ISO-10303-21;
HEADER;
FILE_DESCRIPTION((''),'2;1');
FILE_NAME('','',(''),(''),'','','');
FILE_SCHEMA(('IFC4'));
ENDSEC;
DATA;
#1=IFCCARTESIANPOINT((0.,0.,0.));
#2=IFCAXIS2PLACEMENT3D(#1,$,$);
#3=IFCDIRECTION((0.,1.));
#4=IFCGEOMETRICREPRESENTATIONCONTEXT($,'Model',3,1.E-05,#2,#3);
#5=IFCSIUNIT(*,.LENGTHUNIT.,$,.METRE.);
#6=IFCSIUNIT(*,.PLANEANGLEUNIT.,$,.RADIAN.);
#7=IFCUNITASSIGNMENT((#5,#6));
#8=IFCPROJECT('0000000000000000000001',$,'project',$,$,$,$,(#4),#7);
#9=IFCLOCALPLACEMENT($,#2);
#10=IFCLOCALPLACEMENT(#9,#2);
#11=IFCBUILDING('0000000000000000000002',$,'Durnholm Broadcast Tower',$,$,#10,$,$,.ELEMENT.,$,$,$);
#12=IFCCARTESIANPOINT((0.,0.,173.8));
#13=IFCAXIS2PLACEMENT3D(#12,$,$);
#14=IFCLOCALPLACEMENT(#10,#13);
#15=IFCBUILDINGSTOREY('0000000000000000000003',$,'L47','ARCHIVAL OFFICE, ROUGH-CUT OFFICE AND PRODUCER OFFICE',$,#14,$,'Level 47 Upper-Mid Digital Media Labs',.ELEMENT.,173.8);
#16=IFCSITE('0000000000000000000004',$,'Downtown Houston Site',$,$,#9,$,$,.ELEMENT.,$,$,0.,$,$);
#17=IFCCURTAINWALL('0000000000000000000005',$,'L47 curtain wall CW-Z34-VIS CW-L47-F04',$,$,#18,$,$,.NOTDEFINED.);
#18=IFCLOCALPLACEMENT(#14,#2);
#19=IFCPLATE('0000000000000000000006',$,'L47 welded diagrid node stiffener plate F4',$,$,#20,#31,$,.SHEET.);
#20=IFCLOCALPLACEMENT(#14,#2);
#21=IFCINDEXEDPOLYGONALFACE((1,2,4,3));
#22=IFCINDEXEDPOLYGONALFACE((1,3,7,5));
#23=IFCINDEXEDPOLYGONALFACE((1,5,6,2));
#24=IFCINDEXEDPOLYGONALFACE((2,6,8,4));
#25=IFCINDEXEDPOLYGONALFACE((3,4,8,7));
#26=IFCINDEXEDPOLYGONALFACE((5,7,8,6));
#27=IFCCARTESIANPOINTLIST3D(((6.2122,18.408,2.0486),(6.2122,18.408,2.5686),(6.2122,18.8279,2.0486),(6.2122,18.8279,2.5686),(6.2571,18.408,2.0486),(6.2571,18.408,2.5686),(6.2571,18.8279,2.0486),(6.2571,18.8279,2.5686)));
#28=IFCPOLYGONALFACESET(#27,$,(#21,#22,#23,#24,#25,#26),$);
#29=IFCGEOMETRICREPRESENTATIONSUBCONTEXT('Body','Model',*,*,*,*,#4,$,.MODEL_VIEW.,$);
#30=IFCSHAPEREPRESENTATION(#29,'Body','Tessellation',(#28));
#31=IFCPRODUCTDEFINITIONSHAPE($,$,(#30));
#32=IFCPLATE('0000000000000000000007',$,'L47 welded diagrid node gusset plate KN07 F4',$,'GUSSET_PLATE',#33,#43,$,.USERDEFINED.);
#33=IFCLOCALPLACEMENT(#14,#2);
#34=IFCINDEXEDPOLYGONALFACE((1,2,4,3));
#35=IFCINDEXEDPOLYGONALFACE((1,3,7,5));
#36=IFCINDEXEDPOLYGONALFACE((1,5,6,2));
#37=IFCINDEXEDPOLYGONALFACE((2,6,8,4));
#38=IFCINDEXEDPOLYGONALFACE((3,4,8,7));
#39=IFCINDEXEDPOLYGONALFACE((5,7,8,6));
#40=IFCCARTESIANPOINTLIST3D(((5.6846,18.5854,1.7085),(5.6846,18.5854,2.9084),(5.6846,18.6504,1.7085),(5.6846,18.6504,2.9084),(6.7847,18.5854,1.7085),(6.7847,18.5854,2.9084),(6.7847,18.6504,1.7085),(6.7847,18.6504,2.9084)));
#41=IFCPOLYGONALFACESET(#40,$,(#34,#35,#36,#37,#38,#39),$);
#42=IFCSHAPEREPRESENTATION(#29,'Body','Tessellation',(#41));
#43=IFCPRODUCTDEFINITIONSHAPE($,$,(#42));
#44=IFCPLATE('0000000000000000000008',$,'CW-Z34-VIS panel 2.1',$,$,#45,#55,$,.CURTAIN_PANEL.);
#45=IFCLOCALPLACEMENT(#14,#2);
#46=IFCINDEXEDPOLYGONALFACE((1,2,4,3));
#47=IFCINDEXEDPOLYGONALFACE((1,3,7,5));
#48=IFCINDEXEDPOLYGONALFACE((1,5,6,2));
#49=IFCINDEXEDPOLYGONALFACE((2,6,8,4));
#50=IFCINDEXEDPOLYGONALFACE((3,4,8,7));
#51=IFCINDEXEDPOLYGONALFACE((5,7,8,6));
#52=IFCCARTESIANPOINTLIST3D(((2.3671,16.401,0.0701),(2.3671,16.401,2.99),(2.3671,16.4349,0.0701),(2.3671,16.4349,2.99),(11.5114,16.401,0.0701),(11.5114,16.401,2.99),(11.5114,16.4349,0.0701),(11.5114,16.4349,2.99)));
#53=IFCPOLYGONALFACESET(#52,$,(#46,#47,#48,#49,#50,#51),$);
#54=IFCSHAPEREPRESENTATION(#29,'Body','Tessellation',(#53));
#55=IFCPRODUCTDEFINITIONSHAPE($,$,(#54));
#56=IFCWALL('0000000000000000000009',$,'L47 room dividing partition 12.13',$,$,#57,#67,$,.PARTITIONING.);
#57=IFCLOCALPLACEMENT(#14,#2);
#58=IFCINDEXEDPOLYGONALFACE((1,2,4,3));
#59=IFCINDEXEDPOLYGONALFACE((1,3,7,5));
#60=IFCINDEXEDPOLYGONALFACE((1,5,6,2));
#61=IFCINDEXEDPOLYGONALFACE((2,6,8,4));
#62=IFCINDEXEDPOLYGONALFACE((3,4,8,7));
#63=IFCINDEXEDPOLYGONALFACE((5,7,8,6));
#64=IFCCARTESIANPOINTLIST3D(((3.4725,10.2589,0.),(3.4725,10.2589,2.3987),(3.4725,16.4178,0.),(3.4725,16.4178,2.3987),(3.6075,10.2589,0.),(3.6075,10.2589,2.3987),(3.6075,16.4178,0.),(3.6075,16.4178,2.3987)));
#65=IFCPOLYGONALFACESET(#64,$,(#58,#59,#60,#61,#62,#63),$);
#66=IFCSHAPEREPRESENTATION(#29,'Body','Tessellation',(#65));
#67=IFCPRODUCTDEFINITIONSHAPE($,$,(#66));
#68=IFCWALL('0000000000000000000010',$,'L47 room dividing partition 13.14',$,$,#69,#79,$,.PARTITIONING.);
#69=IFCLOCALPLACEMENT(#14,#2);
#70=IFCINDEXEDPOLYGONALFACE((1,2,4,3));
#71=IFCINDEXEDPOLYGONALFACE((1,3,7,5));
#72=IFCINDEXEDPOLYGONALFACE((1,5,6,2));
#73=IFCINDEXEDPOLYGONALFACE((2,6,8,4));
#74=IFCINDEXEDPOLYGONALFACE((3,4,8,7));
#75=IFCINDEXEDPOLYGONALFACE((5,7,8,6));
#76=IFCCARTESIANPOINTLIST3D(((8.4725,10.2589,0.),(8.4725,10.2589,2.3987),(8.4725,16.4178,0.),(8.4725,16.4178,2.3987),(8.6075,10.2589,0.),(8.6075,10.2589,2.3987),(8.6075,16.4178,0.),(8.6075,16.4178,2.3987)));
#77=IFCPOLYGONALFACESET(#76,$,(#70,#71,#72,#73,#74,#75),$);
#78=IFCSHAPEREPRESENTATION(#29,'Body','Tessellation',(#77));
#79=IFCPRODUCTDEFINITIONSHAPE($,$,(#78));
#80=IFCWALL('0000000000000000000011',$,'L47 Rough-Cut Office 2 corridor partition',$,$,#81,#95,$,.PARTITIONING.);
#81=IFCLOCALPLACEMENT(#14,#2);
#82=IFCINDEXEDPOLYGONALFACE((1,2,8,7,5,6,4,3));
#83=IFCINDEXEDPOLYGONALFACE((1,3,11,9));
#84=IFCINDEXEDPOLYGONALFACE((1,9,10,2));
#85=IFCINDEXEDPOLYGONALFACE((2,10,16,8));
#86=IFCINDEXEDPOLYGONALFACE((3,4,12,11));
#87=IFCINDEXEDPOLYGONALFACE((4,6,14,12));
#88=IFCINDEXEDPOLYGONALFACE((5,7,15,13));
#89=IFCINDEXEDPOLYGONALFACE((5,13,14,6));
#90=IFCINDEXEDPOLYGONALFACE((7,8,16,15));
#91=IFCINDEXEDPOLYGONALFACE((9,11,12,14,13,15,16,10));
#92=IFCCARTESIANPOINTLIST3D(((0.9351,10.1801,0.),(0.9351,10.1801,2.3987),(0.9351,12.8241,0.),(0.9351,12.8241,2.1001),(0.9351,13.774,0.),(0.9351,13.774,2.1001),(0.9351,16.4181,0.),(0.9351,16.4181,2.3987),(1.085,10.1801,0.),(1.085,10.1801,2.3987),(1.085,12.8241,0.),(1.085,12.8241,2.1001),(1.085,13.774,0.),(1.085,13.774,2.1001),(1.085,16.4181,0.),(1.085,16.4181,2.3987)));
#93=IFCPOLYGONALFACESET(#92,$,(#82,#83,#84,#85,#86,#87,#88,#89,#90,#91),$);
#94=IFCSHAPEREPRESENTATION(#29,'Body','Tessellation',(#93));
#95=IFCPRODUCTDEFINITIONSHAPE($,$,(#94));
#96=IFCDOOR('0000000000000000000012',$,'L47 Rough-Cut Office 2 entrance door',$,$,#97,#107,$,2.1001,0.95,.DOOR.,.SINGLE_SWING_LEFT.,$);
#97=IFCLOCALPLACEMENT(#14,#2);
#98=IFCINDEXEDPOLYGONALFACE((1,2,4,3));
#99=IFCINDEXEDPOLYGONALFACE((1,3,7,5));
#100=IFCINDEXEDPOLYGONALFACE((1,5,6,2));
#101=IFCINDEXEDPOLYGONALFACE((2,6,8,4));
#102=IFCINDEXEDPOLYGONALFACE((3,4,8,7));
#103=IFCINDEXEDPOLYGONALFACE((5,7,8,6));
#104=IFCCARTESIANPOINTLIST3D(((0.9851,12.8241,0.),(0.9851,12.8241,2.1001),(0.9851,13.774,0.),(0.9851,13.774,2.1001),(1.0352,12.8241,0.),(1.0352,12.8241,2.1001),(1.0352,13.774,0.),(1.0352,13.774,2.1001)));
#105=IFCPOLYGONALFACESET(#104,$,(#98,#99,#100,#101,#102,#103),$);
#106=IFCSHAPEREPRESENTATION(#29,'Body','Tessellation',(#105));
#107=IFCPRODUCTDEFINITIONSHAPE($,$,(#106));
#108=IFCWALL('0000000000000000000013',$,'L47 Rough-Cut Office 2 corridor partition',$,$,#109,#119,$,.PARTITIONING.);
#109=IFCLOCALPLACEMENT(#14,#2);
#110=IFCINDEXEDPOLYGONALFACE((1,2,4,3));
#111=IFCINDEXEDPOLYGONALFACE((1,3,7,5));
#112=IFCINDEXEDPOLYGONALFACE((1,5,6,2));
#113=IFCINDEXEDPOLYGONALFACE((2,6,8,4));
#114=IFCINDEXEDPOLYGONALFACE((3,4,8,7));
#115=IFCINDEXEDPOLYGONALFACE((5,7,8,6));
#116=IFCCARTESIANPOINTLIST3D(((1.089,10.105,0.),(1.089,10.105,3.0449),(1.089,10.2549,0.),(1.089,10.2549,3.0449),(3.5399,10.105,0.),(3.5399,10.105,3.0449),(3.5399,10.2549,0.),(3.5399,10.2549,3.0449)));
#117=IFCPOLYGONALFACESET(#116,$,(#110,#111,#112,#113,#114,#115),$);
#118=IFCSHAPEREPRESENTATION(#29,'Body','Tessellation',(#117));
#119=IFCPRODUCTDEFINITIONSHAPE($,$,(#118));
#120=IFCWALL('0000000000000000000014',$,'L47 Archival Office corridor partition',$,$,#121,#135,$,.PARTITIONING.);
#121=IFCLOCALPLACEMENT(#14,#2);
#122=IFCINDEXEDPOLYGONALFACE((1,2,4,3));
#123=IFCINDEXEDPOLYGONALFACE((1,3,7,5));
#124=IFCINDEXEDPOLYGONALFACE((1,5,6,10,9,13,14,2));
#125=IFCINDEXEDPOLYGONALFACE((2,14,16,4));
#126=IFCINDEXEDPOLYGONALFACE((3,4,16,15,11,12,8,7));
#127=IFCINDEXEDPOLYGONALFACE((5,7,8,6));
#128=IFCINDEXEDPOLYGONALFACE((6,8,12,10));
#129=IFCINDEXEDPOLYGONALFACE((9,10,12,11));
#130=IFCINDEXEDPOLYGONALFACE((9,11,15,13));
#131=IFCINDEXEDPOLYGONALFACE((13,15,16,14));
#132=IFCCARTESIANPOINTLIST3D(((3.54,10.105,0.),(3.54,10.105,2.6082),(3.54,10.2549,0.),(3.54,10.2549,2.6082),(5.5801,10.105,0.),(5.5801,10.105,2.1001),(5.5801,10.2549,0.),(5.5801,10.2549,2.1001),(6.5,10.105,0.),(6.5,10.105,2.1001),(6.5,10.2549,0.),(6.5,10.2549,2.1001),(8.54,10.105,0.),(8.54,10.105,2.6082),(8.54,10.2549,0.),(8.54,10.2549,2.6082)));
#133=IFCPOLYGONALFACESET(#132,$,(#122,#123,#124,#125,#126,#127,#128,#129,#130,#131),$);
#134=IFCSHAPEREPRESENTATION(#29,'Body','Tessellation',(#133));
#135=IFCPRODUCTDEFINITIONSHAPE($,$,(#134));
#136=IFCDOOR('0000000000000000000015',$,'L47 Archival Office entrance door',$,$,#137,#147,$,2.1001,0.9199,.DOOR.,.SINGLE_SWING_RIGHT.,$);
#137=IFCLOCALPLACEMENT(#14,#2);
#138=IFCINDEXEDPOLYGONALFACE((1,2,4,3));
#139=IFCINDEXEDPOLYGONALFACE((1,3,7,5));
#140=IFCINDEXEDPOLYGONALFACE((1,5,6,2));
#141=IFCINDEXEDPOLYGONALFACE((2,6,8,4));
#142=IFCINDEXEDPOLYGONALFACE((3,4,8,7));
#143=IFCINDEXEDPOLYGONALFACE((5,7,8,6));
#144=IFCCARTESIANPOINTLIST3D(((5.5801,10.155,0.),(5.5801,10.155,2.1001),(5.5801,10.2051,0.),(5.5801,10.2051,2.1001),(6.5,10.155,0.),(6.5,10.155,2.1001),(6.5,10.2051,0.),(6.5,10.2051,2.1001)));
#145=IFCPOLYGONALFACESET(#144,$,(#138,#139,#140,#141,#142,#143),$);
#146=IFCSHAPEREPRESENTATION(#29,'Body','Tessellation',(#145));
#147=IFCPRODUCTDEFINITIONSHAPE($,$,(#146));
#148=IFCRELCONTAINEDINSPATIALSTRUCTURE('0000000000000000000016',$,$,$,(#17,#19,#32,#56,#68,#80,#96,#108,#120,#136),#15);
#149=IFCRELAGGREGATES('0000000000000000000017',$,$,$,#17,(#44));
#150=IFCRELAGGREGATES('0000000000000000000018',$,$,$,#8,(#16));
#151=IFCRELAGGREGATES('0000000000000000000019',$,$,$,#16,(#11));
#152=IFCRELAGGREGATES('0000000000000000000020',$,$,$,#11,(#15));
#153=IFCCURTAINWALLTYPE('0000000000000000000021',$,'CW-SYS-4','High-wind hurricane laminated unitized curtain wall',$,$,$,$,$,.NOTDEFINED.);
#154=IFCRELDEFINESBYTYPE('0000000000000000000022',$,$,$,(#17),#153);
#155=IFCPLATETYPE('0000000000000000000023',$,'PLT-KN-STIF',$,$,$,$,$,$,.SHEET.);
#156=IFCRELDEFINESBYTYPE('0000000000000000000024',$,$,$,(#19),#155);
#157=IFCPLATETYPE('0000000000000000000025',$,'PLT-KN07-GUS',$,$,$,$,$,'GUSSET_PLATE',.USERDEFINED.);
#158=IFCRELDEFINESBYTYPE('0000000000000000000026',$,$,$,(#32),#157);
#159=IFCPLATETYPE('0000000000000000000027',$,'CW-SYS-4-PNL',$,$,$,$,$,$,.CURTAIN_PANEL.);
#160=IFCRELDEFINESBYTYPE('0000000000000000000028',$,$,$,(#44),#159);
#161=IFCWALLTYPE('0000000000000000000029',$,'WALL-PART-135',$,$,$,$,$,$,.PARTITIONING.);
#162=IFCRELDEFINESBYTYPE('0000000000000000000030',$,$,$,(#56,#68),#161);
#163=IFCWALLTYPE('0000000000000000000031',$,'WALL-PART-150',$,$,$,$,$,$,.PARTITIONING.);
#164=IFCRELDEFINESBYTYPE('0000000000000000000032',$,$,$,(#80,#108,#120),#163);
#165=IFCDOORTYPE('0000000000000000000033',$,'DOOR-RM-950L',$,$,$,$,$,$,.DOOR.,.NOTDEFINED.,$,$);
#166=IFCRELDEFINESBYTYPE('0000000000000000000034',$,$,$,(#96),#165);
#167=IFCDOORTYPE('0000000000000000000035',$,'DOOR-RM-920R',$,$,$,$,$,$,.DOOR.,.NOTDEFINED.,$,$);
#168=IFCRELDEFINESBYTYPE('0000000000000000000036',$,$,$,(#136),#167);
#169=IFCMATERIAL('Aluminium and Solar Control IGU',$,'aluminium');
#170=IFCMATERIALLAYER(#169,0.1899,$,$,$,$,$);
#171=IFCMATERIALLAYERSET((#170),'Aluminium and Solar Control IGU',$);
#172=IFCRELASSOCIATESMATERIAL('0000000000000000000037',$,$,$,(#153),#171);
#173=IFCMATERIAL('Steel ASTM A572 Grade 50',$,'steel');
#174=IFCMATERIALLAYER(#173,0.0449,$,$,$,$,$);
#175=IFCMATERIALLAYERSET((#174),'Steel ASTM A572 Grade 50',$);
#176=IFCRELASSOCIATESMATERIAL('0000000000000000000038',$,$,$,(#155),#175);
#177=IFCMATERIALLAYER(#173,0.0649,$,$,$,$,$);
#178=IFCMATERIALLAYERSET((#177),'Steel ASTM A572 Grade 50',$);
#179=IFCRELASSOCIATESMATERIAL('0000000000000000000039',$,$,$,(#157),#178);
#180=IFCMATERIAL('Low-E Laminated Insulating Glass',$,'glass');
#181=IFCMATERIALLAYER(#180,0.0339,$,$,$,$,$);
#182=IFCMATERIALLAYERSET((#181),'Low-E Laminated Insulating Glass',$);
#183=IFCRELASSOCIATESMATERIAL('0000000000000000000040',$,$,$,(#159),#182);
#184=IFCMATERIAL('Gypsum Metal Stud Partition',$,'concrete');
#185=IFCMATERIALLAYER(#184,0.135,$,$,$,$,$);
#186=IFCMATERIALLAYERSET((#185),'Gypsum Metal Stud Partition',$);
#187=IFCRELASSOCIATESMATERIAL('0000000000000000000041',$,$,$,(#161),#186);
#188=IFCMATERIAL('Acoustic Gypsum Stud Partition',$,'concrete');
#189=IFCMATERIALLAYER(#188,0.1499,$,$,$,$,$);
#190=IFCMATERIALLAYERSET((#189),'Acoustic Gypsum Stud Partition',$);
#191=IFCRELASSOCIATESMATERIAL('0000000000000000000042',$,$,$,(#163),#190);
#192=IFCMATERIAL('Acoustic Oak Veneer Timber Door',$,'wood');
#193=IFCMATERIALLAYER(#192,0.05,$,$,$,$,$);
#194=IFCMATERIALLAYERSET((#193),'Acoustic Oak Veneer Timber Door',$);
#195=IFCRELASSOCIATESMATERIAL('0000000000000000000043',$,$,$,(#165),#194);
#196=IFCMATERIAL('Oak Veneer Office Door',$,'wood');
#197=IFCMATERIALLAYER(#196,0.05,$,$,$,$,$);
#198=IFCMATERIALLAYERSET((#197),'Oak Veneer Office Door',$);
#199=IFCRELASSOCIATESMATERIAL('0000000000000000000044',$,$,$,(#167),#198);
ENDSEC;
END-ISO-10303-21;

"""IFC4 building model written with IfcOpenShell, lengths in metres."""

from ifc_helpers import new_model, si_unit, direction, frame, frame_2d, origin, origin_2d, place, context, subcontext, project, spatial, rectangle, extrude, source, transform, mapped, material, layer, layer_set, type_object, type_shapes, element, fill, aggregate, save


model = new_model("IFC4")

# Units and contexts
model_context = context("Model", 3, precision=1e-05, world=origin(), true_north=direction((0.0, 1.0)))
body_context = subcontext(model_context, "Body", "Model", "MODEL_VIEW")
ifc_project = project(units=[si_unit("LENGTHUNIT", "METRE"), si_unit("PLANEANGLEUNIT", "RADIAN")], contexts=[model_context])

# Site, building, storey
site_placement = place(None, origin())
site = spatial("IfcSite", under=ifc_project, at=site_placement, Name="Downtown Houston Site", CompositionType="ELEMENT", RefElevation=0.0)
building_placement = place(site_placement, origin())
building = spatial("IfcBuilding", under=site, at=building_placement, Name="Durnholm Broadcast Tower", CompositionType="ELEMENT")
storey_placement = place(building_placement, frame((0.0, 0.0, 173.8)))
storey = spatial("IfcBuildingStorey", under=building, at=storey_placement, Name="L47", Description="ARCHIVAL OFFICE, ROUGH-CUT OFFICE AND PRODUCER OFFICE", LongName="Level 47 Upper-Mid Digital Media Labs", CompositionType="ELEMENT", Elevation=173.8)

# Curtain wall
ifc_material_1 = material(Name="Aluminium and Solar Control IGU", Category="aluminium")
ifc_layer_1 = layer(ifc_material_1, 0.1899)
ifc_layer_set_1 = layer_set([ifc_layer_1], Name="Aluminium and Solar Control IGU")
curtain_wall_type = type_object("IfcCurtainWallType", Name="CW-SYS-4", Description="High-wind hurricane laminated unitized curtain wall", PredefinedType="NOTDEFINED", material=ifc_layer_set_1)
curtain_wall_placement = place(storey_placement, origin())
curtain_wall = element("IfcCurtainWall", 1, at=curtain_wall_placement, inside=storey, type_object=curtain_wall_type, Name="L47 curtain wall CW-Z34-VIS CW-L47-F04", PredefinedType="NOTDEFINED")

# Plates
ifc_material_2 = material(Name="Steel ASTM A572 Grade 50", Category="steel")
ifc_layer_2 = layer(ifc_material_2, 0.0449)
ifc_layer_set_2 = layer_set([ifc_layer_2], Name="Steel ASTM A572 Grade 50")
plate_type_1 = type_object("IfcPlateType", Name="PLT-KN-STIF", PredefinedType="SHEET", material=ifc_layer_set_2)
shared_shape_1 = source(origin(), body_context, "Body", "SweptSolid", [
    extrude(rectangle(XDim=0.0449, YDim=0.4199, at=origin_2d()), origin(), (0.0, 0.0, 1.0), 0.52),
])
type_shapes(plate_type_1, [shared_shape_1])
plate_1_placement = place(storey_placement, frame((6.2346, 18.6179, 2.0486), z_axis=(0.0, 0.0, 1.0), x_axis=(-1.0, 0.0, 0.0)))
element("IfcPlate", 2, at=plate_1_placement, inside=storey, type_object=plate_type_1, Name="L47 welded diagrid node stiffener plate F4", PredefinedType="SHEET", context=body_context, shape_type="MappedRepresentation", body=[
    mapped(shared_shape_1, transform((0.0, 0.0, 0.0), x_axis=(1.0, 0.0, 0.0), y_axis=(0.0, 1.0, 0.0), z_axis=(0.0, 0.0, 1.0), scale=1.0)),
])
ifc_layer_3 = layer(ifc_material_2, 0.0649)
ifc_layer_set_3 = layer_set([ifc_layer_3], Name="Steel ASTM A572 Grade 50")
plate_type_2 = type_object("IfcPlateType", Name="PLT-KN07-GUS", ElementType="GUSSET_PLATE", PredefinedType="USERDEFINED", material=ifc_layer_set_3)
shared_shape_2 = source(origin(), body_context, "Body", "SweptSolid", [
    extrude(rectangle(XDim=1.1001, YDim=0.0649, at=origin_2d()), origin(), (0.0, 0.0, 1.0), 1.2),
])
type_shapes(plate_type_2, [shared_shape_2])
plate_2_placement = place(storey_placement, frame((6.2346, 18.6179, 1.7085), z_axis=(0.0, 0.0, 1.0), x_axis=(-1.0, 0.0, 0.0)))
element("IfcPlate", 3, at=plate_2_placement, inside=storey, type_object=plate_type_2, Name="L47 welded diagrid node gusset plate KN07 F4", ObjectType="GUSSET_PLATE", PredefinedType="USERDEFINED", context=body_context, shape_type="MappedRepresentation", body=[
    mapped(shared_shape_2, transform((0.0, 0.0, 0.0), x_axis=(1.0, 0.0, 0.0), y_axis=(0.0, 1.0, 0.0), z_axis=(0.0, 0.0, 1.0), scale=1.0)),
])

# Plate
ifc_material_3 = material(Name="Low-E Laminated Insulating Glass", Category="glass")
ifc_layer_4 = layer(ifc_material_3, 0.0339)
ifc_layer_set_4 = layer_set([ifc_layer_4], Name="Low-E Laminated Insulating Glass")
plate_type_3 = type_object("IfcPlateType", Name="CW-SYS-4-PNL", PredefinedType="CURTAIN_PANEL", material=ifc_layer_set_4)
shared_shape_3 = source(origin(), body_context, "Body", "SweptSolid", [
    extrude(rectangle(XDim=9.1443, YDim=0.0339, at=origin_2d()), origin(), (0.0, 0.0, 1.0), 2.9199),
])
type_shapes(plate_type_3, [shared_shape_3])
plate_3_placement = place(storey_placement, frame((6.9392, 16.418, 0.0701), z_axis=(0.0, 0.0, 1.0), x_axis=(1.0, 0.0, 0.0)))
plate_3 = element("IfcPlate", 4, at=plate_3_placement, type_object=plate_type_3, Name="CW-Z34-VIS panel 2.1", PredefinedType="CURTAIN_PANEL", context=body_context, shape_type="MappedRepresentation", body=[
    mapped(shared_shape_3, transform((0.0, 0.0, 0.0), x_axis=(1.0, 0.0, 0.0), y_axis=(0.0, 1.0, 0.0), z_axis=(0.0, 0.0, 1.0), scale=1.0)),
])
aggregate(curtain_wall, [plate_3])

# Walls
ifc_material_4 = material(Name="Gypsum Metal Stud Partition", Category="concrete")
ifc_layer_5 = layer(ifc_material_4, 0.135)
ifc_layer_set_5 = layer_set([ifc_layer_5], Name="Gypsum Metal Stud Partition")
wall_type_1 = type_object("IfcWallType", Name="WALL-PART-135", PredefinedType="PARTITIONING", material=ifc_layer_set_5)
for number, where, z_axis, x_axis, name in (
    (5, (3.54, 16.418, 0.0), (0.0, 0.0, 1.0), (0.0, -1.0, 0.0), "L47 room dividing partition 12.13"),
    (6, (8.54, 16.418, 0.0), (0.0, 0.0, 1.0), (0.0, -1.0, 0.0), "L47 room dividing partition 13.14"),
):
    element("IfcWall", number, at=place(storey_placement, frame(where, z_axis=z_axis, x_axis=x_axis)), inside=storey, type_object=wall_type_1, Name=name, PredefinedType="PARTITIONING", context=body_context, shape_type="SweptSolid", body=[
        extrude(rectangle(XDim=6.1589, YDim=0.135, at=frame_2d((3.0796, 0.0))), origin(), (0.0, 0.0, 1.0), 2.3987),
    ])

# Wall, opening, door
ifc_material_5 = material(Name="Acoustic Gypsum Stud Partition", Category="concrete")
ifc_layer_6 = layer(ifc_material_5, 0.1499)
ifc_layer_set_6 = layer_set([ifc_layer_6], Name="Acoustic Gypsum Stud Partition")
wall_type_2 = type_object("IfcWallType", Name="WALL-PART-150", PredefinedType="PARTITIONING", material=ifc_layer_set_6)
wall_1_placement = place(storey_placement, frame((1.01, 10.1799, 0.0), z_axis=(0.0, 0.0, 1.0), x_axis=(0.0, 1.0, 0.0)))
wall_1 = element("IfcWall", 7, at=wall_1_placement, inside=storey, type_object=wall_type_2, Name="L47 Rough-Cut Office 2 corridor partition", PredefinedType="PARTITIONING", context=body_context, shape_type="SweptSolid", body=[
    extrude(rectangle(XDim=6.238, YDim=0.1499, at=frame_2d((3.1191, 0.0))), origin(), (0.0, 0.0, 1.0), 2.3987),
])
opening_1_placement = place(wall_1_placement, frame((2.644, 0.0, 0.0)))
opening_1 = element("IfcOpeningElement", 8, at=opening_1_placement, cuts=wall_1, PredefinedType="OPENING", context=body_context, shape_type="SweptSolid", body=[
    extrude(rectangle(XDim=0.95, YDim=2.1001, at=frame_2d((0.4751, 1.05))), frame((0.0, 0.085, 0.0), z_axis=(0.0, -1.0, 0.0), x_axis=(1.0, 0.0, 0.0)), (0.0, 0.0, 1.0), 0.1699),
])
ifc_material_6 = material(Name="Acoustic Oak Veneer Timber Door", Category="wood")
ifc_layer_7 = layer(ifc_material_6, 0.05)
ifc_layer_set_7 = layer_set([ifc_layer_7], Name="Acoustic Oak Veneer Timber Door")
door_type_1 = type_object("IfcDoorType", Name="DOOR-RM-950L", OperationType="NOTDEFINED", PredefinedType="DOOR", material=ifc_layer_set_7)
shared_shape_4 = source(origin(), body_context, "Body", "SweptSolid", [
    extrude(rectangle(XDim=0.95, YDim=2.1001, at=frame_2d((0.4751, 1.05))), frame((0.0, 0.0249, 0.0), z_axis=(0.0, -1.0, 0.0), x_axis=(1.0, 0.0, 0.0)), (0.0, 0.0, 1.0), 0.05),
])
type_shapes(door_type_1, [shared_shape_4])
door_1_placement = place(opening_1_placement, origin())
door_1 = element("IfcDoor", 9, at=door_1_placement, inside=storey, type_object=door_type_1, Name="L47 Rough-Cut Office 2 entrance door", OperationType="SINGLE_SWING_LEFT", OverallHeight=2.1001, OverallWidth=0.95, PredefinedType="DOOR", context=body_context, shape_type="MappedRepresentation", body=[
    mapped(shared_shape_4, transform((0.0, 0.0, 0.0), x_axis=(1.0, 0.0, 0.0), y_axis=(0.0, 1.0, 0.0), z_axis=(0.0, 0.0, 1.0), scale=1.0)),
])
fill(opening_1, door_1)

# Wall
wall_2_placement = place(storey_placement, frame((3.54, 10.1799, 0.0), z_axis=(0.0, 0.0, 1.0), x_axis=(-1.0, 0.0, 0.0)))
element("IfcWall", 10, at=wall_2_placement, inside=storey, type_object=wall_type_2, Name="L47 Rough-Cut Office 2 corridor partition", PredefinedType="PARTITIONING", context=body_context, shape_type="SweptSolid", body=[
    extrude(rectangle(XDim=2.4509, YDim=0.1499, at=frame_2d((1.2256, 0.0))), origin(), (0.0, 0.0, 1.0), 3.0449),
])

# Wall, opening, door
wall_3_placement = place(storey_placement, frame((8.54, 10.1799, 0.0), z_axis=(0.0, 0.0, 1.0), x_axis=(-1.0, 0.0, 0.0)))
wall_3 = element("IfcWall", 11, at=wall_3_placement, inside=storey, type_object=wall_type_2, Name="L47 Archival Office corridor partition", PredefinedType="PARTITIONING", context=body_context, shape_type="SweptSolid", body=[
    extrude(rectangle(XDim=5.0, YDim=0.1499, at=frame_2d((2.5, 0.0))), origin(), (0.0, 0.0, 1.0), 2.6082),
])
opening_2_placement = place(wall_3_placement, frame((2.04, 0.0, 0.0)))
opening_2 = element("IfcOpeningElement", 12, at=opening_2_placement, cuts=wall_3, PredefinedType="OPENING", context=body_context, shape_type="SweptSolid", body=[
    extrude(rectangle(XDim=0.9199, YDim=2.1001, at=frame_2d((0.46, 1.05))), frame((0.0, 0.085, 0.0), z_axis=(0.0, -1.0, 0.0), x_axis=(1.0, 0.0, 0.0)), (0.0, 0.0, 1.0), 0.1699),
])
ifc_material_7 = material(Name="Oak Veneer Office Door", Category="wood")
ifc_layer_8 = layer(ifc_material_7, 0.05)
ifc_layer_set_8 = layer_set([ifc_layer_8], Name="Oak Veneer Office Door")
door_type_2 = type_object("IfcDoorType", Name="DOOR-RM-920R", OperationType="NOTDEFINED", PredefinedType="DOOR", material=ifc_layer_set_8)
shared_shape_5 = source(origin(), body_context, "Body", "SweptSolid", [
    extrude(rectangle(XDim=0.9199, YDim=2.1001, at=frame_2d((0.46, 1.05))), frame((0.0, 0.0249, 0.0), z_axis=(0.0, -1.0, 0.0), x_axis=(1.0, 0.0, 0.0)), (0.0, 0.0, 1.0), 0.05),
])
type_shapes(door_type_2, [shared_shape_5])
door_2_placement = place(opening_2_placement, origin())
door_2 = element("IfcDoor", 13, at=door_2_placement, inside=storey, type_object=door_type_2, Name="L47 Archival Office entrance door", OperationType="SINGLE_SWING_RIGHT", OverallHeight=2.1001, OverallWidth=0.9199, PredefinedType="DOOR", context=body_context, shape_type="MappedRepresentation", body=[
    mapped(shared_shape_5, transform((0.0, 0.0, 0.0), x_axis=(1.0, 0.0, 0.0), y_axis=(0.0, 1.0, 0.0), z_axis=(0.0, 0.0, 1.0), scale=1.0)),
])
fill(opening_2, door_2)

save(model, "model.ifc")
